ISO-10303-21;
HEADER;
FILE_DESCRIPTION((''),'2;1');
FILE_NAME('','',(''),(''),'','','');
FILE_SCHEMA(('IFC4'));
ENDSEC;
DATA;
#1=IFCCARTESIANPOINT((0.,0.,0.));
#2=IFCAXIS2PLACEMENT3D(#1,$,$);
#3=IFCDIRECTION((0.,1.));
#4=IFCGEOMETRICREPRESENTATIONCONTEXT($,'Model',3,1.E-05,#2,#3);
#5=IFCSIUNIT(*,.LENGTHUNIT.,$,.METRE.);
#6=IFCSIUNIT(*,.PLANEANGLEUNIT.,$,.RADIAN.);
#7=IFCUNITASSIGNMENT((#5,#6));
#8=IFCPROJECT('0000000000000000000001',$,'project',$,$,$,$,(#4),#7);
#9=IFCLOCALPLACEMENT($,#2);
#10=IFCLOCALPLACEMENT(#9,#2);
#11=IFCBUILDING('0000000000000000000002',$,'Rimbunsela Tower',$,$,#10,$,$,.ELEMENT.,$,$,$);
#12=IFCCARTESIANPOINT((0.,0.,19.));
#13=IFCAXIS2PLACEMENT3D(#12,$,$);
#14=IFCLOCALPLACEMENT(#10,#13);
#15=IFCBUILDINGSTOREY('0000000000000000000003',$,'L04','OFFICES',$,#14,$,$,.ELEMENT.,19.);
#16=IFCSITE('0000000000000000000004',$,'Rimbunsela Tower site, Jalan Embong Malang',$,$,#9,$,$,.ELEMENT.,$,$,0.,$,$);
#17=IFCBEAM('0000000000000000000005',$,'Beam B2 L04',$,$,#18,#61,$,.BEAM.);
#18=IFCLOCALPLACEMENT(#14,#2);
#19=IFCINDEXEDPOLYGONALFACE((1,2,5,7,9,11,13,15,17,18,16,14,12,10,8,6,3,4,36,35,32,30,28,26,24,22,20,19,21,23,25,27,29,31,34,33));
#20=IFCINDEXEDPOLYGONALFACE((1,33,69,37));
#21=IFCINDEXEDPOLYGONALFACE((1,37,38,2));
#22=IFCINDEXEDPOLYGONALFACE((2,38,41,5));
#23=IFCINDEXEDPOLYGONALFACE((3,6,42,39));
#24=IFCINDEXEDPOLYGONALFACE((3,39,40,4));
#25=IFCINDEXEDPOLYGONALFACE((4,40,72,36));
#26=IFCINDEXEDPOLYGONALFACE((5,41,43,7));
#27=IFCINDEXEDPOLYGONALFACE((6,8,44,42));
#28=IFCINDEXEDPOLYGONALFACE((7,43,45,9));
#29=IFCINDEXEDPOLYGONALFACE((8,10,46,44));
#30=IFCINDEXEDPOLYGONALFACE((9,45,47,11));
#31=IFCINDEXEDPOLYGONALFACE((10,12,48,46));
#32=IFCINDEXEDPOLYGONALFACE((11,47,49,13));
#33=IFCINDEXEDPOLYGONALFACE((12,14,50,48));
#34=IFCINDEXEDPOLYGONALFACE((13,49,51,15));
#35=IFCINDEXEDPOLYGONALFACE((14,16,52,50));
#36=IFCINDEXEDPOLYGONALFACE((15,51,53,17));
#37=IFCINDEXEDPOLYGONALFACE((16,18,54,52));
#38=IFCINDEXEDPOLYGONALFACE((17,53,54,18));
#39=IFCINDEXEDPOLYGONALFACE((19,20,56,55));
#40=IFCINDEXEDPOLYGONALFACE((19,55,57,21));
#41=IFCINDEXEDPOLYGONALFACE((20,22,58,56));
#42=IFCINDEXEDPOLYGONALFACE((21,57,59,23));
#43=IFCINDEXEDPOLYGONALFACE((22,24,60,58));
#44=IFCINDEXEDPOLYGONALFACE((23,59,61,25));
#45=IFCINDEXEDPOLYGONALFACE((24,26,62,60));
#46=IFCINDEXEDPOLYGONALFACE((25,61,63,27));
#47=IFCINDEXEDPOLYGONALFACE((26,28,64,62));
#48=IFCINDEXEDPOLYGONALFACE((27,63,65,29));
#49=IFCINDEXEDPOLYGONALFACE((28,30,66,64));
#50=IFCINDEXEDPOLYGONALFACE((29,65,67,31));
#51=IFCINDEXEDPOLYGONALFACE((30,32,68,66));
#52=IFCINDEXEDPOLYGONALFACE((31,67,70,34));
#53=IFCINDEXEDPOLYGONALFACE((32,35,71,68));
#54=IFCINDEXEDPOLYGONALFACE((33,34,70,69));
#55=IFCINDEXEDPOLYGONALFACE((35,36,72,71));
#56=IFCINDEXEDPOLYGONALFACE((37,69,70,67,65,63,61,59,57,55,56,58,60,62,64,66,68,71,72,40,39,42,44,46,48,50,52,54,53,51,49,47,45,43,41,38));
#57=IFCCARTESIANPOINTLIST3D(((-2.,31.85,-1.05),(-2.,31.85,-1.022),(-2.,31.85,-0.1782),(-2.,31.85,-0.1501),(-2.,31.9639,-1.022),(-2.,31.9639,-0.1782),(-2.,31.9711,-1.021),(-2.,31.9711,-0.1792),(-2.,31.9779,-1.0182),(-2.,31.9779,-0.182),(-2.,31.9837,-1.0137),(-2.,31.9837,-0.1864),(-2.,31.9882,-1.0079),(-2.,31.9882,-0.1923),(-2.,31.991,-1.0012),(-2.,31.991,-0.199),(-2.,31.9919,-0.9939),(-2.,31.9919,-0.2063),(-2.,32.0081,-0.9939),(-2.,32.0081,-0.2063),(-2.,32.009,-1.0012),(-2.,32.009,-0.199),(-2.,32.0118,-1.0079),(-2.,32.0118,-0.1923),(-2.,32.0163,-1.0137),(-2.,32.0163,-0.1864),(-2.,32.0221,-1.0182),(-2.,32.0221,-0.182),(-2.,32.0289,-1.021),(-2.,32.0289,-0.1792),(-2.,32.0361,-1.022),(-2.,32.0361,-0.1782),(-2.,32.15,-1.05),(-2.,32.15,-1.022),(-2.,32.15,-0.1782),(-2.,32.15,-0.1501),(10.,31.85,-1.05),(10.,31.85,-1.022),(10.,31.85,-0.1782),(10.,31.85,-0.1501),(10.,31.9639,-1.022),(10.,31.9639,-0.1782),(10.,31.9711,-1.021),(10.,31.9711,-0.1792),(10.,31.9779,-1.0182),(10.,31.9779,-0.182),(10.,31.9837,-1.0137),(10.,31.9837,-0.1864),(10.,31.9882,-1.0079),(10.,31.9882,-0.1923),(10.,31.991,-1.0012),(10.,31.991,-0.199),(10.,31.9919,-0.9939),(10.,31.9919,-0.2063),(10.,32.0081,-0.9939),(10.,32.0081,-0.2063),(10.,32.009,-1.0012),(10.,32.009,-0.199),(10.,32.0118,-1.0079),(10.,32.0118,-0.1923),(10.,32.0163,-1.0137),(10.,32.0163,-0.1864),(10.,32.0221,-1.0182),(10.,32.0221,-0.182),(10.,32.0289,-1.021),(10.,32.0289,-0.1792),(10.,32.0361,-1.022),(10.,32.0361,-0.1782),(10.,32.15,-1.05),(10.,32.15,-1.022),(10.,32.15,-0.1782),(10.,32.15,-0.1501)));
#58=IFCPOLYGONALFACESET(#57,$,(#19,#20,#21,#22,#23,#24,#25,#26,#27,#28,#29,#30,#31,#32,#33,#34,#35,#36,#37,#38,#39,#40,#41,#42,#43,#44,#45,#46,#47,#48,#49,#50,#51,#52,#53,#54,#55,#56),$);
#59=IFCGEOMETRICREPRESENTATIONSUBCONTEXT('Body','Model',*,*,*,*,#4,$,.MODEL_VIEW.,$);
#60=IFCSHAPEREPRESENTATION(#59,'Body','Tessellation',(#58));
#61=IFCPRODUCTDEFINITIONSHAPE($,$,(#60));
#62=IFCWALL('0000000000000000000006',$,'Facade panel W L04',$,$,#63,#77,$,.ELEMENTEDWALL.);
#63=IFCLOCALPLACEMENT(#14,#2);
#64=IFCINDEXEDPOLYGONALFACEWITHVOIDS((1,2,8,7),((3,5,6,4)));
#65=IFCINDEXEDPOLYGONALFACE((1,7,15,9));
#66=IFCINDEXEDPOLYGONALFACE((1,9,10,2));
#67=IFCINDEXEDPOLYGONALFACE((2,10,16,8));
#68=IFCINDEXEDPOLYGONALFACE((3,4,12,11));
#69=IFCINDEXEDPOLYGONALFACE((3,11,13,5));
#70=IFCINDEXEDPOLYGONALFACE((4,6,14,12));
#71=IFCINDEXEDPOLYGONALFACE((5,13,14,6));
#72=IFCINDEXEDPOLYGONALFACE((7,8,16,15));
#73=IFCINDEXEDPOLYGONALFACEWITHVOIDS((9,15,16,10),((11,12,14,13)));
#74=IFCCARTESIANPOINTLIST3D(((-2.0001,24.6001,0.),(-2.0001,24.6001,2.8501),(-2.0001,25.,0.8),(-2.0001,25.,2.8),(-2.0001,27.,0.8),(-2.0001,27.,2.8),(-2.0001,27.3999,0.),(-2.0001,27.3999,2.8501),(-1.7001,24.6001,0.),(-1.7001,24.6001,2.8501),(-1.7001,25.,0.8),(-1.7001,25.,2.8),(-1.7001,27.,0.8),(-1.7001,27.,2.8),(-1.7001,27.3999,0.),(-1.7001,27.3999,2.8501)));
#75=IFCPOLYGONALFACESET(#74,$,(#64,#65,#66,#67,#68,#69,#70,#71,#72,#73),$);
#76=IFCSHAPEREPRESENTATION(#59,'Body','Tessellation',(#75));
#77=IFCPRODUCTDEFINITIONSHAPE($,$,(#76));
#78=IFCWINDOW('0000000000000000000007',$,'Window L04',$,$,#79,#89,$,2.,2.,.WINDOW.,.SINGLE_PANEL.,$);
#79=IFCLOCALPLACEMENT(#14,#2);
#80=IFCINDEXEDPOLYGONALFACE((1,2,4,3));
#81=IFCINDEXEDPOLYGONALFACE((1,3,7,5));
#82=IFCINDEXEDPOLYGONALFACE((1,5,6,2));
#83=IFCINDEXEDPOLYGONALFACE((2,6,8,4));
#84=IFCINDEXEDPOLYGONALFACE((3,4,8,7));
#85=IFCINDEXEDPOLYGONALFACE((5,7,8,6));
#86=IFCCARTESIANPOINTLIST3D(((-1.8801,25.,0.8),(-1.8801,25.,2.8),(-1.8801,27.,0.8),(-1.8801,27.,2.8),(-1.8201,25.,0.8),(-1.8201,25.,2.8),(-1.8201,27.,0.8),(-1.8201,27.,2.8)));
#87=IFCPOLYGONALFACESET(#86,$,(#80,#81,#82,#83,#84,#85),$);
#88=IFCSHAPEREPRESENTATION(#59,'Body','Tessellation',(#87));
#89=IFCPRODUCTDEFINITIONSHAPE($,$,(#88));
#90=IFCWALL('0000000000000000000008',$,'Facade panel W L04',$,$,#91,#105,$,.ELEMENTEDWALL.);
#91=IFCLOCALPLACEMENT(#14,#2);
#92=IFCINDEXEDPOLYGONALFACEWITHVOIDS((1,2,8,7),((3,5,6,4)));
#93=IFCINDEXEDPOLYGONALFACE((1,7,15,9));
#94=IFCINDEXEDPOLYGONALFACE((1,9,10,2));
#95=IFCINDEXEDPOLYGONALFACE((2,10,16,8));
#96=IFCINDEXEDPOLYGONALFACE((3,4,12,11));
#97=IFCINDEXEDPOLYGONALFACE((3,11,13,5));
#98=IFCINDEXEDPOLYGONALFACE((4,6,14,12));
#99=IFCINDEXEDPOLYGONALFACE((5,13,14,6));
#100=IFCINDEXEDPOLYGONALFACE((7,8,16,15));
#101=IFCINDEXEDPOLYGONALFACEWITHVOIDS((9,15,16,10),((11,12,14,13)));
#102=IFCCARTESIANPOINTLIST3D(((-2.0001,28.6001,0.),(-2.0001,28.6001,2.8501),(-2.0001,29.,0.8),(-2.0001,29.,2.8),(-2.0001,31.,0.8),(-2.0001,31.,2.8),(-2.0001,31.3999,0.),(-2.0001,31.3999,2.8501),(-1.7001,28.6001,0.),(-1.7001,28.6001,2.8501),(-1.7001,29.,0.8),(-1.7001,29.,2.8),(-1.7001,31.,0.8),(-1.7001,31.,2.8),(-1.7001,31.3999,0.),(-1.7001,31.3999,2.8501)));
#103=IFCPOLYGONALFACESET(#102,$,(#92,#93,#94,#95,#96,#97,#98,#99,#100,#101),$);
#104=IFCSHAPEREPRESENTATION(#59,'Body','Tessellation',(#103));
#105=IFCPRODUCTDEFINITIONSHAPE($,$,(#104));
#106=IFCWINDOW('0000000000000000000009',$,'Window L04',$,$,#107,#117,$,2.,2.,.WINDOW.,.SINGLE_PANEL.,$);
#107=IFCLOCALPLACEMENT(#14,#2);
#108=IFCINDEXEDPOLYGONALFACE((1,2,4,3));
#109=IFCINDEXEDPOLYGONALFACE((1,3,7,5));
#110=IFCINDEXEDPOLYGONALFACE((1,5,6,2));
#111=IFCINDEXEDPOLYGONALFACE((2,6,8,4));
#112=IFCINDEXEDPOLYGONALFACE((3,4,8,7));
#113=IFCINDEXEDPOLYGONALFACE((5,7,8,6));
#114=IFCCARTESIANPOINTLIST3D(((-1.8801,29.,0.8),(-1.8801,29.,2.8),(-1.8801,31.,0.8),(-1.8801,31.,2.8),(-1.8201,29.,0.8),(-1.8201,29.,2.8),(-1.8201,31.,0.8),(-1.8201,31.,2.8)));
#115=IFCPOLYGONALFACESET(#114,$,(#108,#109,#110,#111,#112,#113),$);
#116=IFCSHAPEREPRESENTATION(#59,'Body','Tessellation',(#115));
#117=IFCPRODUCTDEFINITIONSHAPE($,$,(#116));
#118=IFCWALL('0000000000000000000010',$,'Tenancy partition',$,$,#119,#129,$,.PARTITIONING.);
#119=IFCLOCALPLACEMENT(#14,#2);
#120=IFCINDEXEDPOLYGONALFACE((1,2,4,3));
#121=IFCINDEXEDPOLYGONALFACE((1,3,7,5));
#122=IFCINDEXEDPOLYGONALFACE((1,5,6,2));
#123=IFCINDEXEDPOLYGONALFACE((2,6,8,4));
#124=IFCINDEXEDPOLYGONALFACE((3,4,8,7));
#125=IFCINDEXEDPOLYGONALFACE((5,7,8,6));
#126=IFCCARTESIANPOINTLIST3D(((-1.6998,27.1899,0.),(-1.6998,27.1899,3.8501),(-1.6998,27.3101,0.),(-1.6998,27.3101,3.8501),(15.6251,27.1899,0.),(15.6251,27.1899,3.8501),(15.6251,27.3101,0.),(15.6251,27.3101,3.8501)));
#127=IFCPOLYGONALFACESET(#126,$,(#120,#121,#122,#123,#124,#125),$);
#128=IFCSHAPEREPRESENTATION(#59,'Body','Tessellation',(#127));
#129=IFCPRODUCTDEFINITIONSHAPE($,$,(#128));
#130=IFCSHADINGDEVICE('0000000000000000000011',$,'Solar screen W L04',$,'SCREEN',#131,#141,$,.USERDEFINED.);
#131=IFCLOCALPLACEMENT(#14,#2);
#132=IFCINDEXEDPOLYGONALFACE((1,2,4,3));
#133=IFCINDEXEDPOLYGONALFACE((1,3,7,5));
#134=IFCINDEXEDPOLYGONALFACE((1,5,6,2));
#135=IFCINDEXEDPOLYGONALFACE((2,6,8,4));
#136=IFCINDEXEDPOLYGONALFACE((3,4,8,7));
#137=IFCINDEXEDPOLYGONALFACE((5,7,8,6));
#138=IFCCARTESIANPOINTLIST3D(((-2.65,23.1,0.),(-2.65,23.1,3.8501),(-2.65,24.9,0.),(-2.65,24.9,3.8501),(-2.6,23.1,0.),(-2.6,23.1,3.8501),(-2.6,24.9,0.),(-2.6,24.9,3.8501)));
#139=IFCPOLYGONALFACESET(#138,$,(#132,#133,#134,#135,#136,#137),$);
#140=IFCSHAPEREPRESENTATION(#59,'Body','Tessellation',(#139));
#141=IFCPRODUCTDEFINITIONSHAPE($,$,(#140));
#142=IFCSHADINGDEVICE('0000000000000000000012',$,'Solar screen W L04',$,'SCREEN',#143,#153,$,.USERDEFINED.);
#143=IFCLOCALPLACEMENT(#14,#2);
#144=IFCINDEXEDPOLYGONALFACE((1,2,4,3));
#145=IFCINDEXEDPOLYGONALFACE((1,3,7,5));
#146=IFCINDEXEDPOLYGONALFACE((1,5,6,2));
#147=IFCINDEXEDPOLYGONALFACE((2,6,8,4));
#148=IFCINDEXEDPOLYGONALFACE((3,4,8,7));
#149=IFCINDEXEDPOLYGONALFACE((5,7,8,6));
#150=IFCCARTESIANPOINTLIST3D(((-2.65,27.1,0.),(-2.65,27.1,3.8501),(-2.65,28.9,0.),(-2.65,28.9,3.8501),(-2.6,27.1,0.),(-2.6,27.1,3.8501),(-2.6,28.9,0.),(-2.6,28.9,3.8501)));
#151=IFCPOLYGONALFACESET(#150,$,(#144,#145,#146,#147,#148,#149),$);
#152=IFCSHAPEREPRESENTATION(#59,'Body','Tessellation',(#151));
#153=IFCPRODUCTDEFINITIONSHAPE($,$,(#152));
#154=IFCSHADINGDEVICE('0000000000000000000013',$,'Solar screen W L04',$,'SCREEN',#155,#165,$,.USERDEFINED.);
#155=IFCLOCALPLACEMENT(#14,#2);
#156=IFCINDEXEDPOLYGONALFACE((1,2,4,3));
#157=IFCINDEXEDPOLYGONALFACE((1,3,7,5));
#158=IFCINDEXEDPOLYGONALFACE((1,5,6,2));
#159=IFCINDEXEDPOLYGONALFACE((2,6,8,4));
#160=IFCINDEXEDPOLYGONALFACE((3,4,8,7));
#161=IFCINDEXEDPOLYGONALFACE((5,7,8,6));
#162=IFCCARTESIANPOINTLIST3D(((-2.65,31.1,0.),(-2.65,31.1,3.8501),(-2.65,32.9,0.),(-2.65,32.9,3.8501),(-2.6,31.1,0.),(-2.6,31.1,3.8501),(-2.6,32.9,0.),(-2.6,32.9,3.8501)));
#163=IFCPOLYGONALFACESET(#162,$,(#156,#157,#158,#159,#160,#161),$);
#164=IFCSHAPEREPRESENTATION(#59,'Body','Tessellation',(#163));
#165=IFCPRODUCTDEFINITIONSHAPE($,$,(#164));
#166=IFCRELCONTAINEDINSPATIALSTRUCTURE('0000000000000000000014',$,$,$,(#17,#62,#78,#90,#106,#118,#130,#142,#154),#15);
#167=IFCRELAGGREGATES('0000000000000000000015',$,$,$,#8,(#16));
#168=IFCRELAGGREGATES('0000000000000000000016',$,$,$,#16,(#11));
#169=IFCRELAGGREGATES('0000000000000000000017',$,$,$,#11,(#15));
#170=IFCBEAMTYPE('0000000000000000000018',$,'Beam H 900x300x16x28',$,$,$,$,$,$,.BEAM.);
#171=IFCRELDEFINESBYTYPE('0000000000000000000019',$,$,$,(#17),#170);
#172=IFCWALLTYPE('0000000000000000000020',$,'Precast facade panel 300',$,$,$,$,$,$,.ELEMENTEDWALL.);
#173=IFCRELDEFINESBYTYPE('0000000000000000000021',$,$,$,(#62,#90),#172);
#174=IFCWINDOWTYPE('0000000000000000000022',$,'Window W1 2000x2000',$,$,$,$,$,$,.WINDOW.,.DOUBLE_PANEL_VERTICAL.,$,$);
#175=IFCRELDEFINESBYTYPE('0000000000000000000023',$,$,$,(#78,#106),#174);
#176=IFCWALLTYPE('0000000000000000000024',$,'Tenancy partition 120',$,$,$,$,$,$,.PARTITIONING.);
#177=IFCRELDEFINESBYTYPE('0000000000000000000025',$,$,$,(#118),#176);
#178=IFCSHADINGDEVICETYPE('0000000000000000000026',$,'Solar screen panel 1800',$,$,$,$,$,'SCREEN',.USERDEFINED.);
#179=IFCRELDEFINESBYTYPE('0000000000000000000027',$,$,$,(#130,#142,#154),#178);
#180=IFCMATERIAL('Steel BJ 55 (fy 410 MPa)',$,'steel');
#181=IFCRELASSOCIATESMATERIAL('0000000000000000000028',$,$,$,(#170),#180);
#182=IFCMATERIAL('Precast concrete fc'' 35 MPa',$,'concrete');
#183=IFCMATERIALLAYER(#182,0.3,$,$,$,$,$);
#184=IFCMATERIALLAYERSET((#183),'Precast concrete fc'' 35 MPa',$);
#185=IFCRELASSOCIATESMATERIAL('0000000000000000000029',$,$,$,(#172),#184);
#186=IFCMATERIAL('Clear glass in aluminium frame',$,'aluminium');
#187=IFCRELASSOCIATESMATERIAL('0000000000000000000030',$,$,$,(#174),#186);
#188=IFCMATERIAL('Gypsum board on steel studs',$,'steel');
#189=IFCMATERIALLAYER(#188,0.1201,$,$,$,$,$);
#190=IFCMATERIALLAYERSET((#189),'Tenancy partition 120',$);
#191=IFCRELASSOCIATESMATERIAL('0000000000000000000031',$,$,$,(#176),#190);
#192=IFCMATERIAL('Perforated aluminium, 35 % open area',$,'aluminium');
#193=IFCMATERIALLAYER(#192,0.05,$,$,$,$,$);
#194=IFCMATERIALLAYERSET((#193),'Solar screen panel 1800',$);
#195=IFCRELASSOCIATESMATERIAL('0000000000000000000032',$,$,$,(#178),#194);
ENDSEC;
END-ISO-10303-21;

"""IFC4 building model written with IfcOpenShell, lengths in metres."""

from ifc_helpers import new_model, si_unit, direction, frame, frame_2d, origin, origin_2d, place, context, subcontext, project, spatial, rectangle, i_section, extrude, material, layer, layer_set, material_profile, profile_set, type_object, element, fill, save


model = new_model("IFC4")

# Units and contexts
model_context = context("Model", 3, precision=1e-05, world=origin(), true_north=direction((0.0, 1.0)))
body_context = subcontext(model_context, "Body", "Model", "MODEL_VIEW")
ifc_project = project(units=[si_unit("LENGTHUNIT", "METRE"), si_unit("PLANEANGLEUNIT", "RADIAN")], contexts=[model_context])

# Site, building, storey
site_placement = place(None, origin())
site = spatial("IfcSite", under=ifc_project, at=site_placement, Name="Rimbunsela Tower site, Jalan Embong Malang", CompositionType="ELEMENT", RefElevation=0.0)
building_placement = place(site_placement, origin())
building = spatial("IfcBuilding", under=site, at=building_placement, Name="Rimbunsela Tower", CompositionType="ELEMENT")
storey_placement = place(building_placement, frame((0.0, 0.0, 19.0)))
storey = spatial("IfcBuildingStorey", under=building, at=storey_placement, Name="L04", Description="OFFICES", CompositionType="ELEMENT", Elevation=19.0)

# Beam
ifc_material_1 = material(Name="Steel BJ 55 (fy 410 MPa)", Category="steel")
ifc_material_profile_1 = material_profile(ifc_material_1, i_section(OverallWidth=0.3, OverallDepth=0.8999, WebThickness=0.0161, FlangeThickness=0.0281, FilletRadius=0.0281, at=origin_2d()), Name="H 900x300x16x28")
ifc_profile_set_1 = profile_set([ifc_material_profile_1], Name="Steel BJ 55 (fy 410 MPa)")
beam_type_1 = type_object("IfcBeamType", Name="Beam H 900x300x16x28", PredefinedType="BEAM", material=ifc_profile_set_1)
for number, where, z_axis, x_axis, name in (
    (1, (-2.0, 32.0, -0.6001), (1.0, 0.0, 0.0), (0.0, 1.0, 0.0), "Beam B2 L04"),
):
    element("IfcBeam", number, at=place(storey_placement, frame(where, z_axis=z_axis, x_axis=x_axis)), inside=storey, type_object=beam_type_1, Name=name, PredefinedType="BEAM", context=body_context, shape_type="SweptSolid", body=[
        extrude(i_section(OverallWidth=0.3, OverallDepth=0.8999, WebThickness=0.0161, FlangeThickness=0.0281, FilletRadius=0.0281, at=origin_2d()), origin(), (0.0, 0.0, 1.0), 12.0),
    ])

# Walls, openings, windows
ifc_material_2 = material(Name="Precast concrete fc' 35 MPa", Category="concrete")
ifc_layer_1 = layer(ifc_material_2, 0.3)
ifc_layer_set_1 = layer_set([ifc_layer_1], Name="Precast concrete fc' 35 MPa")
wall_type_1 = type_object("IfcWallType", Name="Precast facade panel 300", PredefinedType="ELEMENTEDWALL", material=ifc_layer_set_1)
wall_1_placement = place(storey_placement, frame((-1.8501, 27.3999, 0.0), z_axis=(0.0, 0.0, 1.0), x_axis=(0.0, -1.0, 0.0)))
wall_1 = element("IfcWall", 2, at=wall_1_placement, inside=storey, type_object=wall_type_1, Name="Facade panel W L04", PredefinedType="ELEMENTEDWALL", context=body_context, shape_type="SweptSolid", body=[
    extrude(rectangle(XDim=2.7998, YDim=0.3, at=frame_2d((1.3999, 0.0))), origin(), (0.0, 0.0, 1.0), 2.8501),
])
opening_1_placement = place(wall_1_placement, frame((0.3999, 0.0, 0.8)))
opening_1 = element("IfcOpeningElement", 3, at=opening_1_placement, cuts=wall_1, PredefinedType="OPENING", context=body_context, shape_type="SweptSolid", body=[
    extrude(rectangle(XDim=2.0, YDim=2.0, at=frame_2d((1.0, 1.0))), frame((0.0, 0.1599, 0.0), z_axis=(0.0, -1.0, 0.0), x_axis=(1.0, 0.0, 0.0)), (0.0, 0.0, 1.0), 0.3201),
])
ifc_material_3 = material(Name="Clear glass in aluminium frame", Category="aluminium")
window_type = type_object("IfcWindowType", Name="Window W1 2000x2000", PartitioningType="DOUBLE_PANEL_VERTICAL", PredefinedType="WINDOW", material=ifc_material_3)
window_1_placement = place(opening_1_placement, origin())
window_1 = element("IfcWindow", 4, at=window_1_placement, inside=storey, type_object=window_type, Name="Window L04", OverallHeight=2.0, OverallWidth=2.0, PartitioningType="SINGLE_PANEL", PredefinedType="WINDOW", context=body_context, shape_type="SweptSolid", body=[
    extrude(rectangle(XDim=2.0, YDim=2.0, at=frame_2d((1.0, 1.0))), frame((0.0, 0.03, 0.0), z_axis=(0.0, -1.0, 0.0), x_axis=(1.0, 0.0, 0.0)), (0.0, 0.0, 1.0), 0.0601),
])
fill(opening_1, window_1)
wall_2_placement = place(storey_placement, frame((-1.8501, 31.3999, 0.0), z_axis=(0.0, 0.0, 1.0), x_axis=(0.0, -1.0, 0.0)))
wall_2 = element("IfcWall", 5, at=wall_2_placement, inside=storey, type_object=wall_type_1, Name="Facade panel W L04", PredefinedType="ELEMENTEDWALL", context=body_context, shape_type="SweptSolid", body=[
    extrude(rectangle(XDim=2.7998, YDim=0.3, at=frame_2d((1.3999, 0.0))), origin(), (0.0, 0.0, 1.0), 2.8501),
])
opening_2_placement = place(wall_2_placement, frame((0.3999, 0.0, 0.8)))
opening_2 = element("IfcOpeningElement", 6, at=opening_2_placement, cuts=wall_2, PredefinedType="OPENING", context=body_context, shape_type="SweptSolid", body=[
    extrude(rectangle(XDim=2.0, YDim=2.0, at=frame_2d((1.0, 1.0))), frame((0.0, 0.1599, 0.0), z_axis=(0.0, -1.0, 0.0), x_axis=(1.0, 0.0, 0.0)), (0.0, 0.0, 1.0), 0.3201),
])
window_2_placement = place(opening_2_placement, origin())
window_2 = element("IfcWindow", 7, at=window_2_placement, inside=storey, type_object=window_type, Name="Window L04", OverallHeight=2.0, OverallWidth=2.0, PartitioningType="SINGLE_PANEL", PredefinedType="WINDOW", context=body_context, shape_type="SweptSolid", body=[
    extrude(rectangle(XDim=2.0, YDim=2.0, at=frame_2d((1.0, 1.0))), frame((0.0, 0.03, 0.0), z_axis=(0.0, -1.0, 0.0), x_axis=(1.0, 0.0, 0.0)), (0.0, 0.0, 1.0), 0.0601),
])
fill(opening_2, window_2)

# Wall
ifc_material_4 = material(Name="Gypsum board on steel studs", Category="steel")
ifc_layer_2 = layer(ifc_material_4, 0.1201)
ifc_layer_set_2 = layer_set([ifc_layer_2], Name="Tenancy partition 120")
wall_type_2 = type_object("IfcWallType", Name="Tenancy partition 120", PredefinedType="PARTITIONING", material=ifc_layer_set_2)
wall_3_placement = place(storey_placement, frame((-1.7, 27.25, 0.0), z_axis=(0.0, 0.0, 1.0), x_axis=(1.0, 0.0, 0.0)))
element("IfcWall", 8, at=wall_3_placement, inside=storey, type_object=wall_type_2, Name="Tenancy partition", PredefinedType="PARTITIONING", context=body_context, shape_type="SweptSolid", body=[
    extrude(rectangle(XDim=17.325, YDim=0.1201, at=frame_2d((8.6626, 0.0))), origin(), (0.0, 0.0, 1.0), 3.8501),
])

# Shading devices
ifc_material_5 = material(Name="Perforated aluminium, 35 % open area", Category="aluminium")
ifc_layer_3 = layer(ifc_material_5, 0.05)
ifc_layer_set_3 = layer_set([ifc_layer_3], Name="Solar screen panel 1800")
shading_device_type = type_object("IfcShadingDeviceType", Name="Solar screen panel 1800", ElementType="SCREEN", PredefinedType="USERDEFINED", material=ifc_layer_set_3)
for number, where, z_axis, x_axis, name in (
    (9, (-2.625, 24.0, 0.0), (0.0, 0.0, 1.0), (0.0, 1.0, 0.0), "Solar screen W L04"),
    (10, (-2.625, 28.0, 0.0), (0.0, 0.0, 1.0), (0.0, 1.0, 0.0), "Solar screen W L04"),
    (11, (-2.625, 32.0, 0.0), (0.0, 0.0, 1.0), (0.0, 1.0, 0.0), "Solar screen W L04"),
):
    element("IfcShadingDevice", number, at=place(storey_placement, frame(where, z_axis=z_axis, x_axis=x_axis)), inside=storey, type_object=shading_device_type, Name=name, ObjectType="SCREEN", PredefinedType="USERDEFINED", context=body_context, shape_type="SweptSolid", body=[
        extrude(rectangle(XDim=1.8, YDim=0.05, at=origin_2d()), origin(), (0.0, 0.0, 1.0), 3.8501),
    ])

save(model, "model.ifc")
